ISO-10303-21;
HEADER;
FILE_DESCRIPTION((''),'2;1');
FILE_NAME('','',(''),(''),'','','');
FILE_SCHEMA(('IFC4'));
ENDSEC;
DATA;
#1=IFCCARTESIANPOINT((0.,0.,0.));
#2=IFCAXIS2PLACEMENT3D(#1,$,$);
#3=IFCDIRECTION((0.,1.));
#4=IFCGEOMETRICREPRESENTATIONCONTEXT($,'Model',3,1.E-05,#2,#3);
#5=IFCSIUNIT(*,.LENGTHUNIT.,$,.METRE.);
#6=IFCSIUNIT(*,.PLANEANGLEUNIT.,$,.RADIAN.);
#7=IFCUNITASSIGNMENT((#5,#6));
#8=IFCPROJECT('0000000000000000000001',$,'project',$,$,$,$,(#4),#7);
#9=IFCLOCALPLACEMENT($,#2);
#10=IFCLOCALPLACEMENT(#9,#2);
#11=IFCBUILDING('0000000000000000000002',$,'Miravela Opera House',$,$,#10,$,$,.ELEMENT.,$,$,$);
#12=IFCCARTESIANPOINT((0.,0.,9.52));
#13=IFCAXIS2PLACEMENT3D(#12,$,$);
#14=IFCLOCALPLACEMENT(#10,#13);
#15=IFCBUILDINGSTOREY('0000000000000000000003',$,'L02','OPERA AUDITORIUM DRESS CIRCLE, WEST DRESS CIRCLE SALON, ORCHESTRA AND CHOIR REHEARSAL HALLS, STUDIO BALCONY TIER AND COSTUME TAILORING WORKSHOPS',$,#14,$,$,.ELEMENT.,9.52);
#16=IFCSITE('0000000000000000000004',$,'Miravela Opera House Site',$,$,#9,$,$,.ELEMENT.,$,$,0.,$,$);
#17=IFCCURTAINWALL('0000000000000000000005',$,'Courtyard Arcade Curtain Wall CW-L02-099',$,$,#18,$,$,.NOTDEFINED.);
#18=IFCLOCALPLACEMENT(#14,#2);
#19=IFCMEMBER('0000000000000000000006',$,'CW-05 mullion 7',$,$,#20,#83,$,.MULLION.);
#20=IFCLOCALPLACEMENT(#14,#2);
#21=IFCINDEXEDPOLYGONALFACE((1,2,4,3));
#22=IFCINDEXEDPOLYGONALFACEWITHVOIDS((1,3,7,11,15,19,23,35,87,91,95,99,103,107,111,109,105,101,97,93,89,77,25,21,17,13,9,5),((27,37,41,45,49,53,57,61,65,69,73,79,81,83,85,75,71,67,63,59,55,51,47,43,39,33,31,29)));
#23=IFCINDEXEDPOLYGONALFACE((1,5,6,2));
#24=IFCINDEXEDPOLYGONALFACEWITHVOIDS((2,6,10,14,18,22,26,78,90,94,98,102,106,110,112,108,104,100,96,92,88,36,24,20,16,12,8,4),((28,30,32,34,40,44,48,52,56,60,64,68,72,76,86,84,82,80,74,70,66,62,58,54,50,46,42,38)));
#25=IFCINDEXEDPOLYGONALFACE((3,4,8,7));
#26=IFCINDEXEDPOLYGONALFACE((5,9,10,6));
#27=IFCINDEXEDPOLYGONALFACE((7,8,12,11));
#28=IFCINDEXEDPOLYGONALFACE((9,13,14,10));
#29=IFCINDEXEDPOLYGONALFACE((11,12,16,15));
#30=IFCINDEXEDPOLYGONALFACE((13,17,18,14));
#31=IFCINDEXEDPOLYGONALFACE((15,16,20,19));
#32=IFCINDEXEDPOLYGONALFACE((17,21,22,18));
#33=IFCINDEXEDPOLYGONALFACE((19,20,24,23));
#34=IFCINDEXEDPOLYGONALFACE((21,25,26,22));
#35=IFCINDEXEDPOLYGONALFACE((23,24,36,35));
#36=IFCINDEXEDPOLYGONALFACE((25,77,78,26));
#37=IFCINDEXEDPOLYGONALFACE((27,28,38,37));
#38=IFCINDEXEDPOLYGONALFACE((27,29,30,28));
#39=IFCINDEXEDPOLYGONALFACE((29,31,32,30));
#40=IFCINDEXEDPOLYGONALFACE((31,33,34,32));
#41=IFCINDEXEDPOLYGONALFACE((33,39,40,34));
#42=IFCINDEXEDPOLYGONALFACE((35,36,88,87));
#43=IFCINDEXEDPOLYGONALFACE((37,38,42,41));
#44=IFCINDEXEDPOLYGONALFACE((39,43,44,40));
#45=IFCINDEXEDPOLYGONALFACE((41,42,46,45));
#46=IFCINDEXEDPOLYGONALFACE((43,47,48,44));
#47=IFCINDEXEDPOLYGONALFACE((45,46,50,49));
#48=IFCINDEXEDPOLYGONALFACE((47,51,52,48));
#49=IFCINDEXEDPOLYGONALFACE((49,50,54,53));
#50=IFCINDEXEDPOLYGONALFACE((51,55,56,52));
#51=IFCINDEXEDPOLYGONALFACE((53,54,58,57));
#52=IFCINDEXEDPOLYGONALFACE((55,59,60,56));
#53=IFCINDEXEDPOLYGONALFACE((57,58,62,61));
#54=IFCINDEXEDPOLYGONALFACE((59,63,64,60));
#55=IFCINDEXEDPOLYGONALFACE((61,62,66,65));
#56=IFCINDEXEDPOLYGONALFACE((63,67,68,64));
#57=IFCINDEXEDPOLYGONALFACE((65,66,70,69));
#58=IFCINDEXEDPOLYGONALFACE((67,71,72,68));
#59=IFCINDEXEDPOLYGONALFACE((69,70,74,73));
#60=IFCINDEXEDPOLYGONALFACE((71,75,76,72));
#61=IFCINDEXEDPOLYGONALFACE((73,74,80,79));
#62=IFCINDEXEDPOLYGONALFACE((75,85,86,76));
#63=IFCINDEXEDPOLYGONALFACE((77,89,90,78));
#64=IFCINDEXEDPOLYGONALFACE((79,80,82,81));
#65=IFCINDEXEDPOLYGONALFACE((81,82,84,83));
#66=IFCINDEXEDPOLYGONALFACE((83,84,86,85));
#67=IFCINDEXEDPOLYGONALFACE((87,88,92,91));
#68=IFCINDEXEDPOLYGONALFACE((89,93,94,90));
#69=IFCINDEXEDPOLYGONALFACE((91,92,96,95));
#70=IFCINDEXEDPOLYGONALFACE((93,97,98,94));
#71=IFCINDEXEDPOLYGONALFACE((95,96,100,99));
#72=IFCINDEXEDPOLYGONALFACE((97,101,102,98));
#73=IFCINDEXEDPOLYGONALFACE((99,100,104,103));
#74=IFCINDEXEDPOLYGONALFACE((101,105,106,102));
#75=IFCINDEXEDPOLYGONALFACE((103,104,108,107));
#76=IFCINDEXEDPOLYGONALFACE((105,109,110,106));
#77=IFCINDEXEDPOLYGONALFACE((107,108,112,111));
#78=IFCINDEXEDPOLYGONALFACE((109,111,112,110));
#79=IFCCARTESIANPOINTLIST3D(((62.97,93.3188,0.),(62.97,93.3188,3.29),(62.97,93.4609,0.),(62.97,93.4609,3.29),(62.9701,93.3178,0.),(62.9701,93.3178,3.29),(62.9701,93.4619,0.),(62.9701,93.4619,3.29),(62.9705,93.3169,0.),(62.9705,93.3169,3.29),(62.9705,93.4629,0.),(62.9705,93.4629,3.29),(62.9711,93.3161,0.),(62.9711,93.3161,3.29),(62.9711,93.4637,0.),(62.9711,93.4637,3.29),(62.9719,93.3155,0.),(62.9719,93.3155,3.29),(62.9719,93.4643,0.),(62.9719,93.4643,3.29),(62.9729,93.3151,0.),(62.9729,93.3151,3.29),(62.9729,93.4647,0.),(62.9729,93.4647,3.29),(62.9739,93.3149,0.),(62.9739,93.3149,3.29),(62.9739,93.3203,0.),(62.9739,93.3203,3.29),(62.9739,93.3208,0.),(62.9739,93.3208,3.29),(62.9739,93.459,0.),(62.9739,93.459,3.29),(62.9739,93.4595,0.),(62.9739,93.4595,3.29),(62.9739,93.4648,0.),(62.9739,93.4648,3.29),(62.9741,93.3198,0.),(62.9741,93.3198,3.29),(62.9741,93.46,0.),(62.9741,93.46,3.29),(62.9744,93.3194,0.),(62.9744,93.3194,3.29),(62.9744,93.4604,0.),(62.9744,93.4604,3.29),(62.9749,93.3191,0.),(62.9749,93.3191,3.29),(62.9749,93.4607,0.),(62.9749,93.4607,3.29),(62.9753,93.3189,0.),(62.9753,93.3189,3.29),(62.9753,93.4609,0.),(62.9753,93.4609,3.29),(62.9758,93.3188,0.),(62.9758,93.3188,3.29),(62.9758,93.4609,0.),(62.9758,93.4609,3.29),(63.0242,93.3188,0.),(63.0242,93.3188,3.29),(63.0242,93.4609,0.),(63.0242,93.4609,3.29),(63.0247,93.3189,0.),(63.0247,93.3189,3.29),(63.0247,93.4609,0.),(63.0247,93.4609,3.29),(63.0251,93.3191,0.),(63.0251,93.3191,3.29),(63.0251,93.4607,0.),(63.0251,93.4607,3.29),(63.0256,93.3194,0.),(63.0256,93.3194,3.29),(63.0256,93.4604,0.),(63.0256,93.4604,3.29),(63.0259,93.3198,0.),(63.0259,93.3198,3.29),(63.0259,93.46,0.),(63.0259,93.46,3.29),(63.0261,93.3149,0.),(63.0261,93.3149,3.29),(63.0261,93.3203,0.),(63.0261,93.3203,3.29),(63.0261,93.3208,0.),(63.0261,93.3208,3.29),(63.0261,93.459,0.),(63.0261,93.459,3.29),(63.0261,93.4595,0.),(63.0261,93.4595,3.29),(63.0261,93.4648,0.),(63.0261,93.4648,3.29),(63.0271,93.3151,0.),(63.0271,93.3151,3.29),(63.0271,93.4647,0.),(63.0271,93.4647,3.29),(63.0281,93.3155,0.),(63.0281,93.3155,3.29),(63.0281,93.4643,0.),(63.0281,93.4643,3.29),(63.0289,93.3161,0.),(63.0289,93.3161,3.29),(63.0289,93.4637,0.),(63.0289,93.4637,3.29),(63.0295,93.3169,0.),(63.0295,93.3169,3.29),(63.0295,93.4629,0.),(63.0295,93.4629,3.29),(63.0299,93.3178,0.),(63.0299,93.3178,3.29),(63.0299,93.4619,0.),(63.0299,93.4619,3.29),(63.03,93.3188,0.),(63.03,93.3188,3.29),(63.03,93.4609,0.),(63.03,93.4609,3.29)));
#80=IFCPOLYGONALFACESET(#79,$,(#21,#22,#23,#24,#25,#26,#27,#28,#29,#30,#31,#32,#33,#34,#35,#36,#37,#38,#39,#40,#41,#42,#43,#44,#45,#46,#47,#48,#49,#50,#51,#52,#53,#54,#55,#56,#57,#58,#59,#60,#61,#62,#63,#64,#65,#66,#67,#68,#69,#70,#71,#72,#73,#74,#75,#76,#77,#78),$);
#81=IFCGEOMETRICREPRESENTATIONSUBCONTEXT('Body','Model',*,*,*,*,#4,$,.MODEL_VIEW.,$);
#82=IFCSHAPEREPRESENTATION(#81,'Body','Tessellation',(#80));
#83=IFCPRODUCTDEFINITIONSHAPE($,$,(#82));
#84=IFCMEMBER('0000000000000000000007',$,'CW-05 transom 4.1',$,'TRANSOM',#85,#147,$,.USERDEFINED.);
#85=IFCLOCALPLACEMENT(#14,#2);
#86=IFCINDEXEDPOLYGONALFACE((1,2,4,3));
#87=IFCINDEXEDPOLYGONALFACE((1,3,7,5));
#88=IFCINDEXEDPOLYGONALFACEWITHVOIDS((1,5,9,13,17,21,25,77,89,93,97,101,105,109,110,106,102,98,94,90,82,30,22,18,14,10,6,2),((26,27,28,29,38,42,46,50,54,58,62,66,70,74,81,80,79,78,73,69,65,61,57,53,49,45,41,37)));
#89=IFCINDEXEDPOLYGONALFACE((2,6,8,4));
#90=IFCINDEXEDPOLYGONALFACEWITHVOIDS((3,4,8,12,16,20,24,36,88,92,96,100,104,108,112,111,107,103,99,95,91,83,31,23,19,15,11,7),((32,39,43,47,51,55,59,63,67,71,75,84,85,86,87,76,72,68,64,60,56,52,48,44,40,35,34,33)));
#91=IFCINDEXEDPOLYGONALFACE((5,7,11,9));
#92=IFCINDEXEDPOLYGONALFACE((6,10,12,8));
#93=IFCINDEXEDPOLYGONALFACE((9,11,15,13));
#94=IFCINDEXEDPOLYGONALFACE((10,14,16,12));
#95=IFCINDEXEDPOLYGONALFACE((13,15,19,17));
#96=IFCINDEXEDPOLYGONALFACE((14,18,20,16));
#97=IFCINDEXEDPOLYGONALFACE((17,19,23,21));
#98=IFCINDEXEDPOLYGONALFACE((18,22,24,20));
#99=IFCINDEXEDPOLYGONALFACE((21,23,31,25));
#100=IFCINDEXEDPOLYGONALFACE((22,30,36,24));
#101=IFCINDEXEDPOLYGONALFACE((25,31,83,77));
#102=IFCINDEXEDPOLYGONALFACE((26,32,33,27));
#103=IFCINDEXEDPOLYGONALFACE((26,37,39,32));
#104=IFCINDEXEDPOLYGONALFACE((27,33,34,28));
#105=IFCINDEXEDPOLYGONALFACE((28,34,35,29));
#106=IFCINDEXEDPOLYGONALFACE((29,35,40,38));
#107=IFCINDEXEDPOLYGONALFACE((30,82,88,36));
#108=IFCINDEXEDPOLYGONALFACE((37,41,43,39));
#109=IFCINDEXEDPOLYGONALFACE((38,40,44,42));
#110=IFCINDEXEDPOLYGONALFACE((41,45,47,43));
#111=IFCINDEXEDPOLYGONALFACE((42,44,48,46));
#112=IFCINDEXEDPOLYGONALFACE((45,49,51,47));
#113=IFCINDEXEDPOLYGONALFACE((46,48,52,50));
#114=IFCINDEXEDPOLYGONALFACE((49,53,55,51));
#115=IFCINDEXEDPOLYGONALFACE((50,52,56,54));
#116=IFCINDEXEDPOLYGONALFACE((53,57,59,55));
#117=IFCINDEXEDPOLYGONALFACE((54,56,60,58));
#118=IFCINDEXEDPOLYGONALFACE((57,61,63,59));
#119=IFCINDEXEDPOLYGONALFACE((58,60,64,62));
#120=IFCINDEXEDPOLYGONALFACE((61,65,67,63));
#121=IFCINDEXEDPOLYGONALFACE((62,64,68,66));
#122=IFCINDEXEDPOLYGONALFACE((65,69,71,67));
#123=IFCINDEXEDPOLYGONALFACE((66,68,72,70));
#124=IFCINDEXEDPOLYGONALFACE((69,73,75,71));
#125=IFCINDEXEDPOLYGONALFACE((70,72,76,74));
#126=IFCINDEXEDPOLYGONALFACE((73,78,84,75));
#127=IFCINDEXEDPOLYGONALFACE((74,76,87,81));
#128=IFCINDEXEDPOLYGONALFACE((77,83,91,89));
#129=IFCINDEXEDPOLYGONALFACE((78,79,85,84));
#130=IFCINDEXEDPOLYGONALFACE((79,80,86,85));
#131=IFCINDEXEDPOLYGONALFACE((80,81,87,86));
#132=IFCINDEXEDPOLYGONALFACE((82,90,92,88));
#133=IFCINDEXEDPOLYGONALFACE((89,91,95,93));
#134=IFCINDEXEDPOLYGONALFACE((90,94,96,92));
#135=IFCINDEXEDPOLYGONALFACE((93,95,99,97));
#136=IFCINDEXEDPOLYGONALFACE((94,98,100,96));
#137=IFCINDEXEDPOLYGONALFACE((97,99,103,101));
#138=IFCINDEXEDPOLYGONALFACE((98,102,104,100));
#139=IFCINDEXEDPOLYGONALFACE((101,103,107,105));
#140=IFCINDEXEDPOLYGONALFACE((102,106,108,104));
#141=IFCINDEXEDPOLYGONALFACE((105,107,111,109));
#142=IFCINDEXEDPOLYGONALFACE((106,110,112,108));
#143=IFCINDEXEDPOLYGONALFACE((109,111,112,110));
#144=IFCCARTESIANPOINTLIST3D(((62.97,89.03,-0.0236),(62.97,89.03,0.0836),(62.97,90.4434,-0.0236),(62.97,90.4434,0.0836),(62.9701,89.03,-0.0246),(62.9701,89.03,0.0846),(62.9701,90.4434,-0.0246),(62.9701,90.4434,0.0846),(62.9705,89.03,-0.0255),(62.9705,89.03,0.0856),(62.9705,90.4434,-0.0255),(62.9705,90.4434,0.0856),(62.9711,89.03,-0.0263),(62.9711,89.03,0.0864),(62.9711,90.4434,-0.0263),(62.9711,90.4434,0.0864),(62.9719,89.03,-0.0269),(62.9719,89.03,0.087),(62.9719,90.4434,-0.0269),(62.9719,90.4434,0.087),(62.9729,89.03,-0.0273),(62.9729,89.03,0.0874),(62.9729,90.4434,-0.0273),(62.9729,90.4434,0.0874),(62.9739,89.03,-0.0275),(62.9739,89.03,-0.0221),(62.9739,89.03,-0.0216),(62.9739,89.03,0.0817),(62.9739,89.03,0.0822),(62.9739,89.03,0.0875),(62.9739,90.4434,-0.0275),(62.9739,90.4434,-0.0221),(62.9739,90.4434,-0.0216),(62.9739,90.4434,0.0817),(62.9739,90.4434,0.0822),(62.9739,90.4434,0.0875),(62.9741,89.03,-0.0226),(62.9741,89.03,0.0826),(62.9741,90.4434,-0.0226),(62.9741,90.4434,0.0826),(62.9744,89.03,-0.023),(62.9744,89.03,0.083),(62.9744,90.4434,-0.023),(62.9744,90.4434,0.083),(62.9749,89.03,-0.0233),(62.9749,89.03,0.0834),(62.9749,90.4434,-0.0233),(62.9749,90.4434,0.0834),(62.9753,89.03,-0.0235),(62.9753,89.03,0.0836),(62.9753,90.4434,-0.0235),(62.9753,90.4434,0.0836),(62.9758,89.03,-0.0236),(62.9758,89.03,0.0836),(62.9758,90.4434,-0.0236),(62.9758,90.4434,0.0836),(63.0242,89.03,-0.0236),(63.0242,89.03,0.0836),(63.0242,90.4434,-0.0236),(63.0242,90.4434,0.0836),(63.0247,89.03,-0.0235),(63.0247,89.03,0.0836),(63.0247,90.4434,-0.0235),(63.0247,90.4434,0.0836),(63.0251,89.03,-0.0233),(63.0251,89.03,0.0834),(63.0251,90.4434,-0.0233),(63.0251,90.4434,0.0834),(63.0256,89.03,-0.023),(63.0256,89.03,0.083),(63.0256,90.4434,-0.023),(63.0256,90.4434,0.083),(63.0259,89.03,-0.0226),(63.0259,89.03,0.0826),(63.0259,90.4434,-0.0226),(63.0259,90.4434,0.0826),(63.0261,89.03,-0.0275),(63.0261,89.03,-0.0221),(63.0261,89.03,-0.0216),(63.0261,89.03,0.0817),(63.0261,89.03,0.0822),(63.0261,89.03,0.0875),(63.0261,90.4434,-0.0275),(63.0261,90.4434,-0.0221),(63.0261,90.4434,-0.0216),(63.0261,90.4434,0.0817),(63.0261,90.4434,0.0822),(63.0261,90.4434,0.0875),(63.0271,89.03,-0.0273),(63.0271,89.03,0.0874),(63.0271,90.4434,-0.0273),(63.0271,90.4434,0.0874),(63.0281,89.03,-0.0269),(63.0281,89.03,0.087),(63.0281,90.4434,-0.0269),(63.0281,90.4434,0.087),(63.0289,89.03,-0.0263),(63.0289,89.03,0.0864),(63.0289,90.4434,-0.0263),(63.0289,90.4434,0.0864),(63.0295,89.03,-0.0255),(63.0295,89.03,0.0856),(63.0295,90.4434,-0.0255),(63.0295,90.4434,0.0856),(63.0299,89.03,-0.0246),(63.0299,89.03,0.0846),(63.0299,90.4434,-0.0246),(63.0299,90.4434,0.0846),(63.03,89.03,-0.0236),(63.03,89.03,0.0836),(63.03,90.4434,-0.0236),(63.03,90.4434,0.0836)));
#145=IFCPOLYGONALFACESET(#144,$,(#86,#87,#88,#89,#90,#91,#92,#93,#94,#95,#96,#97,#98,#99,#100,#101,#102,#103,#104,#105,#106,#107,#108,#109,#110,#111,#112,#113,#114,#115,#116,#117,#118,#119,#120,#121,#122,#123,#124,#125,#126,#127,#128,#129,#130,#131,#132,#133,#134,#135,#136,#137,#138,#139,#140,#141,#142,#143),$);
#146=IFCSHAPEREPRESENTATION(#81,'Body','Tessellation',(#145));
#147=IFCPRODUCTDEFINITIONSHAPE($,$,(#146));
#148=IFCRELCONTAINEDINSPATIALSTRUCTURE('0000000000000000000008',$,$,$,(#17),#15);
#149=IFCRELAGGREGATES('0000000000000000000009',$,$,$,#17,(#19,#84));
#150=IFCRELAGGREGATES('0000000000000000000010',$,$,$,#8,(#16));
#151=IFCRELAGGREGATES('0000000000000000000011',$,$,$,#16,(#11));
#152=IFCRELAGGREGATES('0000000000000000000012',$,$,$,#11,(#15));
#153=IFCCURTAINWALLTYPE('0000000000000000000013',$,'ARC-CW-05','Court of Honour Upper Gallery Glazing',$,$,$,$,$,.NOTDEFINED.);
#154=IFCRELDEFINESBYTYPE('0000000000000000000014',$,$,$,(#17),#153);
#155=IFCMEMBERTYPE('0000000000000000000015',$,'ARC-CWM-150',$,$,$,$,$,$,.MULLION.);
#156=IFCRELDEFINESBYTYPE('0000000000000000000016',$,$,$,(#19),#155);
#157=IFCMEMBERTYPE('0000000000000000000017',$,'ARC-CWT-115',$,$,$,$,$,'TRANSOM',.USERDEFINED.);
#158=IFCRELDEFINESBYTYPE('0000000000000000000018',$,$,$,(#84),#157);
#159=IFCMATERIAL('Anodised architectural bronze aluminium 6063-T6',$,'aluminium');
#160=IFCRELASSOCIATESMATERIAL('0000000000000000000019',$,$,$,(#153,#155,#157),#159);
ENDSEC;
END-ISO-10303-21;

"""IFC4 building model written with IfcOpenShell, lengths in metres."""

from ifc_helpers import new_model, si_unit, direction, frame, origin, origin_2d, place, context, subcontext, project, spatial, hollow_rectangle, extrude, material, material_profile, profile_set, type_object, element, aggregate, save


model = new_model("IFC4")

# Units and contexts
model_context = context("Model", 3, precision=1e-05, world=origin(), true_north=direction((0.0, 1.0)))
body_context = subcontext(model_context, "Body", "Model", "MODEL_VIEW")
ifc_project = project(units=[si_unit("LENGTHUNIT", "METRE"), si_unit("PLANEANGLEUNIT", "RADIAN")], contexts=[model_context])

# Site, building, storey
site_placement = place(None, origin())
site = spatial("IfcSite", under=ifc_project, at=site_placement, Name="Miravela Opera House Site", CompositionType="ELEMENT", RefElevation=0.0)
building_placement = place(site_placement, origin())
building = spatial("IfcBuilding", under=site, at=building_placement, Name="Miravela Opera House", CompositionType="ELEMENT")
storey_placement = place(building_placement, frame((0.0, 0.0, 9.52)))
storey = spatial("IfcBuildingStorey", under=building, at=storey_placement, Name="L02", Description="OPERA AUDITORIUM DRESS CIRCLE, WEST DRESS CIRCLE SALON, ORCHESTRA AND CHOIR REHEARSAL HALLS, STUDIO BALCONY TIER AND COSTUME TAILORING WORKSHOPS", CompositionType="ELEMENT", Elevation=9.52)

# Curtain wall, members
ifc_material_1 = material(Name="Anodised architectural bronze aluminium 6063-T6", Category="aluminium")
curtain_wall_type = type_object("IfcCurtainWallType", Name="ARC-CW-05", Description="Court of Honour Upper Gallery Glazing", PredefinedType="NOTDEFINED", material=ifc_material_1)
curtain_wall_placement = place(storey_placement, origin())
curtain_wall = element("IfcCurtainWall", 1, at=curtain_wall_placement, inside=storey, type_object=curtain_wall_type, Name="Courtyard Arcade Curtain Wall CW-L02-099", PredefinedType="NOTDEFINED")
ifc_material_profile_1 = material_profile(ifc_material_1, hollow_rectangle(XDim=0.0601, YDim=0.1499, WallThickness=0.0039, InnerFilletRadius=0.002, OuterFilletRadius=0.0039, at=origin_2d()), Name="CWM-60X150")
ifc_profile_set_1 = profile_set([ifc_material_profile_1])
member_type_1 = type_object("IfcMemberType", Name="ARC-CWM-150", PredefinedType="MULLION", material=ifc_profile_set_1)
member_1_placement = place(storey_placement, frame((63.0, 93.3899, 0.0), z_axis=(0.0, 0.0, 1.0), x_axis=(-1.0, 0.0, 0.0)))
member_1 = element("IfcMember", 2, at=member_1_placement, type_object=member_type_1, Name="CW-05 mullion 7", PredefinedType="MULLION", context=body_context, shape_type="SweptSolid", body=[
    extrude(hollow_rectangle(XDim=0.0601, YDim=0.1499, WallThickness=0.0039, InnerFilletRadius=0.002, OuterFilletRadius=0.0039, at=origin_2d()), origin(), (0.0, 0.0, 1.0), 3.29),
])
ifc_material_profile_2 = material_profile(ifc_material_1, hollow_rectangle(XDim=0.0601, YDim=0.115, WallThickness=0.0039, InnerFilletRadius=0.002, OuterFilletRadius=0.0039, at=origin_2d()), Name="CWT-60X115")
ifc_profile_set_2 = profile_set([ifc_material_profile_2])
member_type_2 = type_object("IfcMemberType", Name="ARC-CWT-115", ElementType="TRANSOM", PredefinedType="USERDEFINED", material=ifc_profile_set_2)
member_2_placement = place(storey_placement, frame((63.0, 89.03, 0.03), z_axis=(0.0, 1.0, 0.0), x_axis=(-1.0, 0.0, 0.0)))
member_2 = element("IfcMember", 3, at=member_2_placement, type_object=member_type_2, Name="CW-05 transom 4.1", ObjectType="TRANSOM", PredefinedType="USERDEFINED", context=body_context, shape_type="SweptSolid", body=[
    extrude(hollow_rectangle(XDim=0.0601, YDim=0.115, WallThickness=0.0039, InnerFilletRadius=0.002, OuterFilletRadius=0.0039, at=origin_2d()), origin(), (0.0, 0.0, 1.0), 1.4133),
])

aggregate(curtain_wall, [member_1, member_2])

save(model, "model.ifc")
